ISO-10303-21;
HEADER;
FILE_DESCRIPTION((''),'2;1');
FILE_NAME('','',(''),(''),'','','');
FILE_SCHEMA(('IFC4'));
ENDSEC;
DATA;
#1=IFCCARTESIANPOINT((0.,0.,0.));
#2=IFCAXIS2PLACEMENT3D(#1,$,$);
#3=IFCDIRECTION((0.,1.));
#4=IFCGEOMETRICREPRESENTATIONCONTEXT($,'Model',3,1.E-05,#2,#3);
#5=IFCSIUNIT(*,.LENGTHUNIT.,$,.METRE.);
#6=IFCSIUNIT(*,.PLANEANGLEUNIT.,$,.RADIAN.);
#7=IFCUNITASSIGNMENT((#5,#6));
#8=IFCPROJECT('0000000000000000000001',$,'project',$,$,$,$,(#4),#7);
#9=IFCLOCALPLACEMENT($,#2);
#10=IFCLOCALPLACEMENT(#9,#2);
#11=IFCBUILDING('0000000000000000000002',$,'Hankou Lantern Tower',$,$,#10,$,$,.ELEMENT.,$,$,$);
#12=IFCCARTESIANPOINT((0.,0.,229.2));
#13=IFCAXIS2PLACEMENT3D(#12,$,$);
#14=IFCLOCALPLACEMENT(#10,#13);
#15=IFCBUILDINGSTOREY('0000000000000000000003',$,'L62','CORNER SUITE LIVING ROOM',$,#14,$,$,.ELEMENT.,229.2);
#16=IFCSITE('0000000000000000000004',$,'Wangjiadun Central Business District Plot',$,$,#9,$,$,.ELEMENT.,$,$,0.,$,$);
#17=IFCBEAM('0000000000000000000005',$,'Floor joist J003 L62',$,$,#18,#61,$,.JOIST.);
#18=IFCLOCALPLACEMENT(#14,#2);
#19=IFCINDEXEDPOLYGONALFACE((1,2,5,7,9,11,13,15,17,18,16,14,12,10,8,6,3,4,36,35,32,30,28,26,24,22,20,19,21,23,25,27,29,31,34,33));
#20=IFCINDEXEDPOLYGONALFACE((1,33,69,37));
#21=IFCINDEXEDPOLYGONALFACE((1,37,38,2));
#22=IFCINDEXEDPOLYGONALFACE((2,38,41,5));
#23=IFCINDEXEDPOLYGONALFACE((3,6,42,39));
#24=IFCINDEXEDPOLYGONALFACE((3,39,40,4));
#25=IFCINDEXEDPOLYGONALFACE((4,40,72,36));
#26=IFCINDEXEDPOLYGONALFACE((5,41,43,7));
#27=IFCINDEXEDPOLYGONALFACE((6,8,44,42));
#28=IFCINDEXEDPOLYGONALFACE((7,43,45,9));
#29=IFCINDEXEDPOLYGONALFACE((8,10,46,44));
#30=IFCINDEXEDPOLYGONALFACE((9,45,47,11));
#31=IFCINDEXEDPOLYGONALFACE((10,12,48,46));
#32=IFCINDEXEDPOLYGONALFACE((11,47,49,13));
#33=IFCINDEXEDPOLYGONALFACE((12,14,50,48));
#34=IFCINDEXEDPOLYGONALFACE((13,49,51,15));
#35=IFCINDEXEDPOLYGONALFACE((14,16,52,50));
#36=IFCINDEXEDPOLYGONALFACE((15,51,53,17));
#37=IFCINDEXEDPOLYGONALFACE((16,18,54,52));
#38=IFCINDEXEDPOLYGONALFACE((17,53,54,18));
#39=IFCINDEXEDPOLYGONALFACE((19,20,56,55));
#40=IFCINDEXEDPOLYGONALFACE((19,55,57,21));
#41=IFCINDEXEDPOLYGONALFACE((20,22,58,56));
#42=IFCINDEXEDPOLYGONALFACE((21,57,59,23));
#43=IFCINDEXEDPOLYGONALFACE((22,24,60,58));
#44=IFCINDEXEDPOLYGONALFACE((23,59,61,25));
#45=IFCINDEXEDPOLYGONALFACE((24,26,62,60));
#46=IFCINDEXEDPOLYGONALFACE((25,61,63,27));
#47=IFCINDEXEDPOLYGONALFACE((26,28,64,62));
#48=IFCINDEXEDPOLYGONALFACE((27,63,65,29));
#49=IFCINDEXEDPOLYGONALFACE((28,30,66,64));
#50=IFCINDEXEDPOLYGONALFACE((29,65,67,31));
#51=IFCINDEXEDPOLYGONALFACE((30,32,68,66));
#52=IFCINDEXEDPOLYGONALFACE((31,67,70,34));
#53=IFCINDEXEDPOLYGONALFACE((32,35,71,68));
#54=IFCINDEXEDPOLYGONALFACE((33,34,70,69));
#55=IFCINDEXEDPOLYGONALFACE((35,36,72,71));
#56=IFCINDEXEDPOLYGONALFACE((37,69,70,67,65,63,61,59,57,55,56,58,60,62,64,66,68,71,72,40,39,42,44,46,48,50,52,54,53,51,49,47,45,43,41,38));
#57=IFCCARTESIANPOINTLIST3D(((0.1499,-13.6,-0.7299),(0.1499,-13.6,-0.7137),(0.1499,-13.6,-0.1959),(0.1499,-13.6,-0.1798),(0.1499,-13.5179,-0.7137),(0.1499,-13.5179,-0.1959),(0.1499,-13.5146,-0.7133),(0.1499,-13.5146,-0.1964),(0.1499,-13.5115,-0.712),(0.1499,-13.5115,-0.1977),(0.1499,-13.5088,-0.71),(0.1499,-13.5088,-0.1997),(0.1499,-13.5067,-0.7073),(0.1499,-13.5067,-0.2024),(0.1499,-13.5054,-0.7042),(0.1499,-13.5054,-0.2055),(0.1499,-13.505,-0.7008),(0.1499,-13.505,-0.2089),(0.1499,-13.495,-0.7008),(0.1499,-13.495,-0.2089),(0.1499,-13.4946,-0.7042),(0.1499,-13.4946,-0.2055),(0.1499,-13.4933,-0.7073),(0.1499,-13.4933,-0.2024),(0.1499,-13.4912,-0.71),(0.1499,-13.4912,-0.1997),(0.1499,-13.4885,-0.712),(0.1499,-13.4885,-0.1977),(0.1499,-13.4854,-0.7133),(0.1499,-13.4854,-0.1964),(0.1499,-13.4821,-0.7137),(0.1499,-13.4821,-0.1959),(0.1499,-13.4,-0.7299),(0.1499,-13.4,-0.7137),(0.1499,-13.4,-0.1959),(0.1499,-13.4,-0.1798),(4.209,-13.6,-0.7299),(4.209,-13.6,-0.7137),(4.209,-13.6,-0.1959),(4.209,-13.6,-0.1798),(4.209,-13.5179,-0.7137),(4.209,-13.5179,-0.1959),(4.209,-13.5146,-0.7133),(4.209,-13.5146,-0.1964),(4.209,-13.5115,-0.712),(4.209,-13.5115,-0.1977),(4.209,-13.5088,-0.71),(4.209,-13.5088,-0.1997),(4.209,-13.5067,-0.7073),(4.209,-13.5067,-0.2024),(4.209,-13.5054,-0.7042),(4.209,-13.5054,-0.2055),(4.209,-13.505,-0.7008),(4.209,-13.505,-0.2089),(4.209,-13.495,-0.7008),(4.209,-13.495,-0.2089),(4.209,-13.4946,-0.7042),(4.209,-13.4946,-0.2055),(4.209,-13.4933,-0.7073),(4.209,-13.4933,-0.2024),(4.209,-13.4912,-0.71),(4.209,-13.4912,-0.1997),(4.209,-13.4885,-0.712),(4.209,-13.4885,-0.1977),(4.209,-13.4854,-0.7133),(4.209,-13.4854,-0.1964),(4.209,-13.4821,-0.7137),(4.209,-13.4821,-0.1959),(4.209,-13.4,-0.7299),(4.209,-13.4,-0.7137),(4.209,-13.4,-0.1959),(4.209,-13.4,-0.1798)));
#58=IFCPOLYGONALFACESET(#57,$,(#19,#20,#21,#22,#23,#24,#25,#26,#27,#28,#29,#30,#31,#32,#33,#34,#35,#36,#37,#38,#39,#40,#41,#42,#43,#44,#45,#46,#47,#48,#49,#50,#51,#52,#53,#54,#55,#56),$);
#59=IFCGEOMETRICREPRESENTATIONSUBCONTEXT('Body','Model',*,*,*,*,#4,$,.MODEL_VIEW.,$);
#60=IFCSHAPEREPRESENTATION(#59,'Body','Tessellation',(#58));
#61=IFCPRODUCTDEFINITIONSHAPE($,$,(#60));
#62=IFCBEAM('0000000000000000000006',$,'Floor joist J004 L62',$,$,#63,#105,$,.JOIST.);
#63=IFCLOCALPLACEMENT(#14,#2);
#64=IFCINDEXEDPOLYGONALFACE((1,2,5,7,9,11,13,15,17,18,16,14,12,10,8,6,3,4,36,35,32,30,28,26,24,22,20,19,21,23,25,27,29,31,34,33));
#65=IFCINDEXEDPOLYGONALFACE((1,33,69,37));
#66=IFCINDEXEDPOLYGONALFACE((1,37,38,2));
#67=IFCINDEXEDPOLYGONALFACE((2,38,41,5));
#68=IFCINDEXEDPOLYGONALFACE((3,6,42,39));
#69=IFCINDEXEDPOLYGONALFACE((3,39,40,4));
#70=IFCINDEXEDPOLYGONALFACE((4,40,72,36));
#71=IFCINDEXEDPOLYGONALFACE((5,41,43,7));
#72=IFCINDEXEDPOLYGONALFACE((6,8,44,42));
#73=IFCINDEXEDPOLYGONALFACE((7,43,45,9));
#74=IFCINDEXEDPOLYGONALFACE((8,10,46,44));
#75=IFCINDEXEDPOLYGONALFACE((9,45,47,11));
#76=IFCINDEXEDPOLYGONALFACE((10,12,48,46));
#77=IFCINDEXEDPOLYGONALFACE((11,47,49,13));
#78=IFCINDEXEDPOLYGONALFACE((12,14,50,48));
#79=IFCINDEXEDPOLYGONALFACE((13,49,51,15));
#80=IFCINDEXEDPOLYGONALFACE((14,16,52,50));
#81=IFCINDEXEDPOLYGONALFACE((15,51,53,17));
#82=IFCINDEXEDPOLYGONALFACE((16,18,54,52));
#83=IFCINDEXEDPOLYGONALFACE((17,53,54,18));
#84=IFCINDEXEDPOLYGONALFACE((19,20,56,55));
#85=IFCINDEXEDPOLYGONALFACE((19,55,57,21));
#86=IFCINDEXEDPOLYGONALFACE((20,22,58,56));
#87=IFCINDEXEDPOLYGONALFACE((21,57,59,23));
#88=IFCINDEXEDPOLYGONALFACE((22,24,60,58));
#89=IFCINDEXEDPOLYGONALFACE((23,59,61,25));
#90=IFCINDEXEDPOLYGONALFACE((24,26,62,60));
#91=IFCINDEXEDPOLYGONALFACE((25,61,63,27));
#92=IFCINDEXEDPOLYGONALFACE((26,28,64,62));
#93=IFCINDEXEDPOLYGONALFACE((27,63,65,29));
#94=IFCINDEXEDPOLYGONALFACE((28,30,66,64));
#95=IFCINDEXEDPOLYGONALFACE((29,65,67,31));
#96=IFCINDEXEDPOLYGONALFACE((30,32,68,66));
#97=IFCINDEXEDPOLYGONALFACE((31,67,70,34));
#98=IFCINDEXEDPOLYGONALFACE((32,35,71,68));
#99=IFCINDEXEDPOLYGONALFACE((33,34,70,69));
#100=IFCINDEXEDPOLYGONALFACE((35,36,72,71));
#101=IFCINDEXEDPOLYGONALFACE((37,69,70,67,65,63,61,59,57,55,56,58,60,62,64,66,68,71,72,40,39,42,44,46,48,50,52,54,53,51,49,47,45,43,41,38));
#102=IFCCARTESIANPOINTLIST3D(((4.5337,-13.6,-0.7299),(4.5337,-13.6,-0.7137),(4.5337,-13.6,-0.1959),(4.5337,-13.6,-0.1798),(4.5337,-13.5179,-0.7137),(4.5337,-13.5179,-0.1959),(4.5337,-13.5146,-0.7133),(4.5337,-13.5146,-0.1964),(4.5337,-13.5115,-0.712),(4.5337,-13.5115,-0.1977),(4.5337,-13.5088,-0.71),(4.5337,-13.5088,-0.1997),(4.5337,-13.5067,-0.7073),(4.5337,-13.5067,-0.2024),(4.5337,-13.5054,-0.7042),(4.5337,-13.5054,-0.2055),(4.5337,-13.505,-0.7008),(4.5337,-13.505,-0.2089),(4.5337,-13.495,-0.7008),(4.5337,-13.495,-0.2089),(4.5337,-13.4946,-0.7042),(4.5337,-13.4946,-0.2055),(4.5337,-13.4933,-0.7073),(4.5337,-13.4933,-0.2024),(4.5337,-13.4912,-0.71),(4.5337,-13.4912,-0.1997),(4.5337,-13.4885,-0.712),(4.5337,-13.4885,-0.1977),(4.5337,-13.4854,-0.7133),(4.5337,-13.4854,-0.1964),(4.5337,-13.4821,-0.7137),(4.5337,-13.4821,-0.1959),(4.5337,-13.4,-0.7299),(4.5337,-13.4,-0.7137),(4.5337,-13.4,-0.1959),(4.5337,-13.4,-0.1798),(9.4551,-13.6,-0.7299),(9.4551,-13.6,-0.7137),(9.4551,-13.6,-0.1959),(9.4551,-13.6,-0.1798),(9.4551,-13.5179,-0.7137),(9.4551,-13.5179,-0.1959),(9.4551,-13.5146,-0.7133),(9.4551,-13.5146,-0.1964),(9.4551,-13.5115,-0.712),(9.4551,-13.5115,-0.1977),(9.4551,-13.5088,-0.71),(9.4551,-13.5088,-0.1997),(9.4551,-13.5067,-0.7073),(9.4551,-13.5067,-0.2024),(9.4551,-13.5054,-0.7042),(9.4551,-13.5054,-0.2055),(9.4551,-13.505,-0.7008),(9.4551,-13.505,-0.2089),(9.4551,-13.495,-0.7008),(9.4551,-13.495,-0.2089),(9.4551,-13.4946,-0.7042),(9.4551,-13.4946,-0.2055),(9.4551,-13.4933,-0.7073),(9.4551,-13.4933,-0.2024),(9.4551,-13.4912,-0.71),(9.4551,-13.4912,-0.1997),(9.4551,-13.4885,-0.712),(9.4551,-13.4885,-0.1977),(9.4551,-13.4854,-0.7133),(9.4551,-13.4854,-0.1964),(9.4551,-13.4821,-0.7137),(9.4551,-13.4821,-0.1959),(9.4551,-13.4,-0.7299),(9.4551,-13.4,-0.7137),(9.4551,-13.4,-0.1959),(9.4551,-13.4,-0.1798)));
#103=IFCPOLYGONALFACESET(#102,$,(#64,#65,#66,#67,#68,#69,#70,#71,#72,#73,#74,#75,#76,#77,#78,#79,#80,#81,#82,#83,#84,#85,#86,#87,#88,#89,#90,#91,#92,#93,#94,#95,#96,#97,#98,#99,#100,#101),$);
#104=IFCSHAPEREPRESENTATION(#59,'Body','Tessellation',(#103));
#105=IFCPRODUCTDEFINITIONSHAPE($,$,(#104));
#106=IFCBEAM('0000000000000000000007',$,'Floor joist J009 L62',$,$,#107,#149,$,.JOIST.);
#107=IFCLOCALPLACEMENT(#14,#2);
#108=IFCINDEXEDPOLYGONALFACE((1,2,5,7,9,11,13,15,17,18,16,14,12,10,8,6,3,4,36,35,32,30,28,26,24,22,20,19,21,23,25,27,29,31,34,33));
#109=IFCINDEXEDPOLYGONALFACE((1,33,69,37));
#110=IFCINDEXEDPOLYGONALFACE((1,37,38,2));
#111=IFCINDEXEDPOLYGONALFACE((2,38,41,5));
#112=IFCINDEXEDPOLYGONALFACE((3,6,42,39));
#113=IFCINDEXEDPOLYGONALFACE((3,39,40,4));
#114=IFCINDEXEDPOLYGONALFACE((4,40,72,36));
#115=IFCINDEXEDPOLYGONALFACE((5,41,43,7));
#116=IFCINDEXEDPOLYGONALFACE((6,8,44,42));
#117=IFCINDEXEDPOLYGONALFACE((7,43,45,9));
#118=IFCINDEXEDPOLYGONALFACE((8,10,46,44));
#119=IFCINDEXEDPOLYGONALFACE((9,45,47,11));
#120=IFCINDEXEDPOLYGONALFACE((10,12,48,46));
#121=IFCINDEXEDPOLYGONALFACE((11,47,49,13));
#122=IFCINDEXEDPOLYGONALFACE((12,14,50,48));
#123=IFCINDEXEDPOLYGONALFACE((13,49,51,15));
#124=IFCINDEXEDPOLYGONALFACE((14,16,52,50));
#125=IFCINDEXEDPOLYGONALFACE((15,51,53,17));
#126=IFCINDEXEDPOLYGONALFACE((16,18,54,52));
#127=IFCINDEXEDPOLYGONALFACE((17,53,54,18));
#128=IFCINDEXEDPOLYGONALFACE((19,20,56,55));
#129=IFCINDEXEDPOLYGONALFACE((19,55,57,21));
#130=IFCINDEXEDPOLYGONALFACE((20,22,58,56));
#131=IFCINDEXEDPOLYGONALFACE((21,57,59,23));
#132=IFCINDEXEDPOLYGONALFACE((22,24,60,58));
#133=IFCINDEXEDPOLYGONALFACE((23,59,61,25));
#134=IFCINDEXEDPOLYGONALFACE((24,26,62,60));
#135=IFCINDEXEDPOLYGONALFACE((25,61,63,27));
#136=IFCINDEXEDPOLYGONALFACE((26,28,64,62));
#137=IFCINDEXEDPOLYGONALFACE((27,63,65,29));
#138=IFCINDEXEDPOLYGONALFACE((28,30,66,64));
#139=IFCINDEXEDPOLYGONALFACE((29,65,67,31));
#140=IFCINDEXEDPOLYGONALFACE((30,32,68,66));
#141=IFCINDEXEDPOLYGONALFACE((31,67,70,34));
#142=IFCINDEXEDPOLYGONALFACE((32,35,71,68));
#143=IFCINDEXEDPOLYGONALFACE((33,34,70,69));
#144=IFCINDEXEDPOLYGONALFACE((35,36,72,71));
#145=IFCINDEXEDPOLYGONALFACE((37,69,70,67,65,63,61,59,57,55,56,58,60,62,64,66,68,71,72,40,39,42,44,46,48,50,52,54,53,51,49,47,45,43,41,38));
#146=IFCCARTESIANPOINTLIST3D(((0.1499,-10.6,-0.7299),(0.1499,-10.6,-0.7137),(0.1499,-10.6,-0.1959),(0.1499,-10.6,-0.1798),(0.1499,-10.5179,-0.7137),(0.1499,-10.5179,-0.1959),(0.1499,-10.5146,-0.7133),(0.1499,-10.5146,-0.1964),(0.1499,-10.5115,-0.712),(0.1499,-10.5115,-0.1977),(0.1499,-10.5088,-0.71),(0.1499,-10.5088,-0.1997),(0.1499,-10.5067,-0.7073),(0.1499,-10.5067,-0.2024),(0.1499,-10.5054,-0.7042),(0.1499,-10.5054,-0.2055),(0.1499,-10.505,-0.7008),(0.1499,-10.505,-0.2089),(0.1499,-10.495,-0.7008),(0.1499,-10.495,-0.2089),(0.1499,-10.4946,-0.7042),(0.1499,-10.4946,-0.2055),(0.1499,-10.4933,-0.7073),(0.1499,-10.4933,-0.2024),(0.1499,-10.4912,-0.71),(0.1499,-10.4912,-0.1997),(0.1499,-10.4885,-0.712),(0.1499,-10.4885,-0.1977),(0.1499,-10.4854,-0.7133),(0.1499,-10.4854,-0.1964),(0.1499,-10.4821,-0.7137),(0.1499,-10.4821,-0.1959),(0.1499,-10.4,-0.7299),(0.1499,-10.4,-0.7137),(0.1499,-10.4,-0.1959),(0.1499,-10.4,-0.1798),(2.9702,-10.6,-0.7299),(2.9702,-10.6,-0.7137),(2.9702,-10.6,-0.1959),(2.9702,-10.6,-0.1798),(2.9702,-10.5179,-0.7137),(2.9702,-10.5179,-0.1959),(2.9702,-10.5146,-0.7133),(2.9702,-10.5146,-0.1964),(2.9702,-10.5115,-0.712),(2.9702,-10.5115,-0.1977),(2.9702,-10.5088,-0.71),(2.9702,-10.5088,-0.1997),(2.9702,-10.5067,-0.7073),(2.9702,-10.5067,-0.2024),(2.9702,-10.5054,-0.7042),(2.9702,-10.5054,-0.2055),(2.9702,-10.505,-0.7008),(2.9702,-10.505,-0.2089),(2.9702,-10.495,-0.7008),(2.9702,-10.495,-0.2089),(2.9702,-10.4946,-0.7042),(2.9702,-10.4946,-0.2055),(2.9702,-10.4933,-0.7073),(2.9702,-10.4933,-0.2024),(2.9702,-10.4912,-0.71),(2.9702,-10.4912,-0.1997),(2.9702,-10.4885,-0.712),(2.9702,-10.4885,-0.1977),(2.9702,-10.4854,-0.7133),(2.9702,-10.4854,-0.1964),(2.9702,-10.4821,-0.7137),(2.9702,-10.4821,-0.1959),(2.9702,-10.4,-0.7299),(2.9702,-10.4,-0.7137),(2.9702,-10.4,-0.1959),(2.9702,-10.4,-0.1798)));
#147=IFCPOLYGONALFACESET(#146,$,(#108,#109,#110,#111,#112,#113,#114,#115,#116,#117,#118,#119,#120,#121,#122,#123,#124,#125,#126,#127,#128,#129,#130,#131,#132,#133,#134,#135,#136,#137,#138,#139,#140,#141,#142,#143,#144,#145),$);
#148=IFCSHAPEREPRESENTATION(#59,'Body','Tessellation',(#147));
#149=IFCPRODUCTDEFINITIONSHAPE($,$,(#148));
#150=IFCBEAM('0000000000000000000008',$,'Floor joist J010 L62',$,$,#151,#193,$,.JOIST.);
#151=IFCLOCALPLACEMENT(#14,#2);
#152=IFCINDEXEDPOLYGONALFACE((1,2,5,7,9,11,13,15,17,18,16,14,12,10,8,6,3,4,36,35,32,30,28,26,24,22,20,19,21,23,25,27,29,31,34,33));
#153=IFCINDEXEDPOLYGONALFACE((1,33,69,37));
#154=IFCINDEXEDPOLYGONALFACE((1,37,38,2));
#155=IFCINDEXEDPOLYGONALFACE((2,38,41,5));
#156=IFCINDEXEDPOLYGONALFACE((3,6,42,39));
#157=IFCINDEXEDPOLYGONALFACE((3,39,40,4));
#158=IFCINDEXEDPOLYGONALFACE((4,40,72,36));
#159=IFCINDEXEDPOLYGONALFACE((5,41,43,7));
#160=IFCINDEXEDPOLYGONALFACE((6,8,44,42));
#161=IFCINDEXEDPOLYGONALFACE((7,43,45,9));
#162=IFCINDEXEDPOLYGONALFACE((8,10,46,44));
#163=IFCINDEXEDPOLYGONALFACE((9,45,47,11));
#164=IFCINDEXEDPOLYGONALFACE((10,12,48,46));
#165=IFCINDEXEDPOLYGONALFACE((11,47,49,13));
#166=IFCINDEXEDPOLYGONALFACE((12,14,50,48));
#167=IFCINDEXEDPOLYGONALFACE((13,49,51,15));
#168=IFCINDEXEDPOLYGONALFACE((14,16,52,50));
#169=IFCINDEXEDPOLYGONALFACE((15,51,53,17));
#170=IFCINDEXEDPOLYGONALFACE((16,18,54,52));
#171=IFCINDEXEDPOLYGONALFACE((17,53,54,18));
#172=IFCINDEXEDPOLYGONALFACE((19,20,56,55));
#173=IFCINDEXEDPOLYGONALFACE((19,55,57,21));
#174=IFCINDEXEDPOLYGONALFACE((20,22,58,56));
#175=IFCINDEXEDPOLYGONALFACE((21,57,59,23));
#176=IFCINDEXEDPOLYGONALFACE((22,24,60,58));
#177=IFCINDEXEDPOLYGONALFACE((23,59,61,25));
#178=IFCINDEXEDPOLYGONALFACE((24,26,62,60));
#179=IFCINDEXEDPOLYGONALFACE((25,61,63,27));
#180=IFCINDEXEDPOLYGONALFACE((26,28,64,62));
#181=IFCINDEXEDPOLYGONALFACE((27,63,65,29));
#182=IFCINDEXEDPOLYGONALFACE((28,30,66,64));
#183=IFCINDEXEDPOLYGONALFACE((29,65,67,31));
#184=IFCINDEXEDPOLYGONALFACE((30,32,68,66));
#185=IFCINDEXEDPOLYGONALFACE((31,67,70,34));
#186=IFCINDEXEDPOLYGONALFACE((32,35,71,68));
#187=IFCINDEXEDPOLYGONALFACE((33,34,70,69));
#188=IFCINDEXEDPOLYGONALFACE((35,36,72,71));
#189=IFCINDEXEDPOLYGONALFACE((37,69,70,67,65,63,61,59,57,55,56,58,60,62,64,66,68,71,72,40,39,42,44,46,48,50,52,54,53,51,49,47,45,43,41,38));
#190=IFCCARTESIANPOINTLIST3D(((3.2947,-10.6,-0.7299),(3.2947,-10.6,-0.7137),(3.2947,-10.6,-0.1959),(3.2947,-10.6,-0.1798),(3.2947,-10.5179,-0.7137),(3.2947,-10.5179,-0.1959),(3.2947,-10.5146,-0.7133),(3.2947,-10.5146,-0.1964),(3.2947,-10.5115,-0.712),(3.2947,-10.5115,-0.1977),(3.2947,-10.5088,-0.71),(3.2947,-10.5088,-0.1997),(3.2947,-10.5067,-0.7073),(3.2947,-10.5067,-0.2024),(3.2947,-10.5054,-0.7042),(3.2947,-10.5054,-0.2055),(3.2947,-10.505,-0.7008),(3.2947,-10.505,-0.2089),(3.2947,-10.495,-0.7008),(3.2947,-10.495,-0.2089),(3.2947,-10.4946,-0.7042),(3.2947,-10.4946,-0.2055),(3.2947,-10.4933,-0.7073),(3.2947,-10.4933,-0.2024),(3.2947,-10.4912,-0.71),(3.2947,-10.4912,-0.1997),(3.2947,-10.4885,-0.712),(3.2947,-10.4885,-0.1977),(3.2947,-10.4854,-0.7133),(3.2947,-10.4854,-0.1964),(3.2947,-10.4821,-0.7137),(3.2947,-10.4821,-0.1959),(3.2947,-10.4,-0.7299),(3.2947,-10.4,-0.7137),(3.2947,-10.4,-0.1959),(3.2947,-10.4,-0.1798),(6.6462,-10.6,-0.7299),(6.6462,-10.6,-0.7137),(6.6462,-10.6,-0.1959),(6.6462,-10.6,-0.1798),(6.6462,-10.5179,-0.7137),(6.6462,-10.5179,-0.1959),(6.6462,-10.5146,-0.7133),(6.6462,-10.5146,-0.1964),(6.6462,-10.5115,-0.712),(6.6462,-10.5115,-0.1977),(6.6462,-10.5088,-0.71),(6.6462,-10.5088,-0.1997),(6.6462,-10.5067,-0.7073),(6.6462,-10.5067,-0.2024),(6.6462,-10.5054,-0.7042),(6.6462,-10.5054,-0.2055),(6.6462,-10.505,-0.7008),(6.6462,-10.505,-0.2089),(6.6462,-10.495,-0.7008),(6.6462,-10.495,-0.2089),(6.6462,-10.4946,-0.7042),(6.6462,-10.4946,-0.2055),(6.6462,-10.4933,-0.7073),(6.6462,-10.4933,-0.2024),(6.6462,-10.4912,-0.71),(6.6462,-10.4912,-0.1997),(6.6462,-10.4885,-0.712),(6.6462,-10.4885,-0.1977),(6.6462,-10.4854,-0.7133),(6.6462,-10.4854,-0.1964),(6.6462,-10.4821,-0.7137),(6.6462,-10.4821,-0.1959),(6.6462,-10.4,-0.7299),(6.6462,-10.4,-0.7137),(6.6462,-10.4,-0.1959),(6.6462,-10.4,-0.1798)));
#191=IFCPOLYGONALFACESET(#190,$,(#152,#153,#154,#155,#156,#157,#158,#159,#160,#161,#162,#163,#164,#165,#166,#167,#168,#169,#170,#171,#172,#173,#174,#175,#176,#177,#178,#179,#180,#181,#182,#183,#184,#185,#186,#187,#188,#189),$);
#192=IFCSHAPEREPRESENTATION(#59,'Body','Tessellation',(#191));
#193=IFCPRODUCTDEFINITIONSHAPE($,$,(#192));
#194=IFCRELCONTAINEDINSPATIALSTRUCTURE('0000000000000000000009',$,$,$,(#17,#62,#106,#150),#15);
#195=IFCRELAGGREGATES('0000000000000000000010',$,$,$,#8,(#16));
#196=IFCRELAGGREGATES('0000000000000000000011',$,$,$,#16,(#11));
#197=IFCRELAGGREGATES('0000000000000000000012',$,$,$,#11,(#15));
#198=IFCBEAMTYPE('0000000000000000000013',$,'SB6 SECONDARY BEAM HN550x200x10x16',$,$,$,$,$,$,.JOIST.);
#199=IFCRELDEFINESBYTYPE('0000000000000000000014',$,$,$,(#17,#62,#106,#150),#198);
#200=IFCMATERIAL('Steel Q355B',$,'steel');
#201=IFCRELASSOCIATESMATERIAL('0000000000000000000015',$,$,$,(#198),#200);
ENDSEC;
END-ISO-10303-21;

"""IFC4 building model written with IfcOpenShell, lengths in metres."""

from ifc_helpers import new_model, si_unit, direction, frame, origin, origin_2d, place, context, subcontext, project, spatial, i_section, extrude, material, material_profile, profile_set, type_object, element, save


model = new_model("IFC4")

# Units and contexts
model_context = context("Model", 3, precision=1e-05, world=origin(), true_north=direction((0.0, 1.0)))
body_context = subcontext(model_context, "Body", "Model", "MODEL_VIEW")
ifc_project = project(units=[si_unit("LENGTHUNIT", "METRE"), si_unit("PLANEANGLEUNIT", "RADIAN")], contexts=[model_context])

# Site, building, storey
site_placement = place(None, origin())
site = spatial("IfcSite", under=ifc_project, at=site_placement, Name="Wangjiadun Central Business District Plot", CompositionType="ELEMENT", RefElevation=0.0)
building_placement = place(site_placement, origin())
building = spatial("IfcBuilding", under=site, at=building_placement, Name="Hankou Lantern Tower", CompositionType="ELEMENT")
storey_placement = place(building_placement, frame((0.0, 0.0, 229.2)))
storey = spatial("IfcBuildingStorey", under=building, at=storey_placement, Name="L62", Description="CORNER SUITE LIVING ROOM", CompositionType="ELEMENT", Elevation=229.2)

# Beams
ifc_material_1 = material(Name="Steel Q355B", Category="steel")
ifc_material_profile_1 = material_profile(ifc_material_1, i_section(OverallWidth=0.2, OverallDepth=0.55, WebThickness=0.01, FlangeThickness=0.0161, FilletRadius=0.0129, at=origin_2d()), Name="HN550x200x10x16")
ifc_profile_set_1 = profile_set([ifc_material_profile_1], Name="Steel Q355B")
beam_type_1 = type_object("IfcBeamType", Name="SB6 SECONDARY BEAM HN550x200x10x16", PredefinedType="JOIST", material=ifc_profile_set_1)
beam_1_placement = place(storey_placement, frame((0.1499, -13.5, -0.4548), z_axis=(1.0, 0.0, 0.0), x_axis=(0.0, 1.0, 0.0)))
element("IfcBeam", 1, at=beam_1_placement, inside=storey, type_object=beam_type_1, Name="Floor joist J003 L62", PredefinedType="JOIST", context=body_context, shape_type="SweptSolid", body=[
    extrude(i_section(OverallWidth=0.2, OverallDepth=0.55, WebThickness=0.01, FlangeThickness=0.0161, FilletRadius=0.0129, at=origin_2d()), origin(), (0.0, 0.0, 1.0), 4.0591),
])
beam_2_placement = place(storey_placement, frame((4.5337, -13.5, -0.4548), z_axis=(1.0, 0.0, 0.0), x_axis=(0.0, 1.0, 0.0)))
element("IfcBeam", 2, at=beam_2_placement, inside=storey, type_object=beam_type_1, Name="Floor joist J004 L62", PredefinedType="JOIST", context=body_context, shape_type="SweptSolid", body=[
    extrude(i_section(OverallWidth=0.2, OverallDepth=0.55, WebThickness=0.01, FlangeThickness=0.0161, FilletRadius=0.0129, at=origin_2d()), origin(), (0.0, 0.0, 1.0), 4.9214),
])
beam_3_placement = place(storey_placement, frame((0.1499, -10.5, -0.4548), z_axis=(1.0, 0.0, 0.0), x_axis=(0.0, 1.0, 0.0)))
element("IfcBeam", 3, at=beam_3_placement, inside=storey, type_object=beam_type_1, Name="Floor joist J009 L62", PredefinedType="JOIST", context=body_context, shape_type="SweptSolid", body=[
    extrude(i_section(OverallWidth=0.2, OverallDepth=0.55, WebThickness=0.01, FlangeThickness=0.0161, FilletRadius=0.0129, at=origin_2d()), origin(), (0.0, 0.0, 1.0), 2.8203),
])
beam_4_placement = place(storey_placement, frame((3.2947, -10.5, -0.4548), z_axis=(1.0, 0.0, 0.0), x_axis=(0.0, 1.0, 0.0)))
element("IfcBeam", 4, at=beam_4_placement, inside=storey, type_object=beam_type_1, Name="Floor joist J010 L62", PredefinedType="JOIST", context=body_context, shape_type="SweptSolid", body=[
    extrude(i_section(OverallWidth=0.2, OverallDepth=0.55, WebThickness=0.01, FlangeThickness=0.0161, FilletRadius=0.0129, at=origin_2d()), origin(), (0.0, 0.0, 1.0), 3.3516),
])

save(model, "model.ifc")
